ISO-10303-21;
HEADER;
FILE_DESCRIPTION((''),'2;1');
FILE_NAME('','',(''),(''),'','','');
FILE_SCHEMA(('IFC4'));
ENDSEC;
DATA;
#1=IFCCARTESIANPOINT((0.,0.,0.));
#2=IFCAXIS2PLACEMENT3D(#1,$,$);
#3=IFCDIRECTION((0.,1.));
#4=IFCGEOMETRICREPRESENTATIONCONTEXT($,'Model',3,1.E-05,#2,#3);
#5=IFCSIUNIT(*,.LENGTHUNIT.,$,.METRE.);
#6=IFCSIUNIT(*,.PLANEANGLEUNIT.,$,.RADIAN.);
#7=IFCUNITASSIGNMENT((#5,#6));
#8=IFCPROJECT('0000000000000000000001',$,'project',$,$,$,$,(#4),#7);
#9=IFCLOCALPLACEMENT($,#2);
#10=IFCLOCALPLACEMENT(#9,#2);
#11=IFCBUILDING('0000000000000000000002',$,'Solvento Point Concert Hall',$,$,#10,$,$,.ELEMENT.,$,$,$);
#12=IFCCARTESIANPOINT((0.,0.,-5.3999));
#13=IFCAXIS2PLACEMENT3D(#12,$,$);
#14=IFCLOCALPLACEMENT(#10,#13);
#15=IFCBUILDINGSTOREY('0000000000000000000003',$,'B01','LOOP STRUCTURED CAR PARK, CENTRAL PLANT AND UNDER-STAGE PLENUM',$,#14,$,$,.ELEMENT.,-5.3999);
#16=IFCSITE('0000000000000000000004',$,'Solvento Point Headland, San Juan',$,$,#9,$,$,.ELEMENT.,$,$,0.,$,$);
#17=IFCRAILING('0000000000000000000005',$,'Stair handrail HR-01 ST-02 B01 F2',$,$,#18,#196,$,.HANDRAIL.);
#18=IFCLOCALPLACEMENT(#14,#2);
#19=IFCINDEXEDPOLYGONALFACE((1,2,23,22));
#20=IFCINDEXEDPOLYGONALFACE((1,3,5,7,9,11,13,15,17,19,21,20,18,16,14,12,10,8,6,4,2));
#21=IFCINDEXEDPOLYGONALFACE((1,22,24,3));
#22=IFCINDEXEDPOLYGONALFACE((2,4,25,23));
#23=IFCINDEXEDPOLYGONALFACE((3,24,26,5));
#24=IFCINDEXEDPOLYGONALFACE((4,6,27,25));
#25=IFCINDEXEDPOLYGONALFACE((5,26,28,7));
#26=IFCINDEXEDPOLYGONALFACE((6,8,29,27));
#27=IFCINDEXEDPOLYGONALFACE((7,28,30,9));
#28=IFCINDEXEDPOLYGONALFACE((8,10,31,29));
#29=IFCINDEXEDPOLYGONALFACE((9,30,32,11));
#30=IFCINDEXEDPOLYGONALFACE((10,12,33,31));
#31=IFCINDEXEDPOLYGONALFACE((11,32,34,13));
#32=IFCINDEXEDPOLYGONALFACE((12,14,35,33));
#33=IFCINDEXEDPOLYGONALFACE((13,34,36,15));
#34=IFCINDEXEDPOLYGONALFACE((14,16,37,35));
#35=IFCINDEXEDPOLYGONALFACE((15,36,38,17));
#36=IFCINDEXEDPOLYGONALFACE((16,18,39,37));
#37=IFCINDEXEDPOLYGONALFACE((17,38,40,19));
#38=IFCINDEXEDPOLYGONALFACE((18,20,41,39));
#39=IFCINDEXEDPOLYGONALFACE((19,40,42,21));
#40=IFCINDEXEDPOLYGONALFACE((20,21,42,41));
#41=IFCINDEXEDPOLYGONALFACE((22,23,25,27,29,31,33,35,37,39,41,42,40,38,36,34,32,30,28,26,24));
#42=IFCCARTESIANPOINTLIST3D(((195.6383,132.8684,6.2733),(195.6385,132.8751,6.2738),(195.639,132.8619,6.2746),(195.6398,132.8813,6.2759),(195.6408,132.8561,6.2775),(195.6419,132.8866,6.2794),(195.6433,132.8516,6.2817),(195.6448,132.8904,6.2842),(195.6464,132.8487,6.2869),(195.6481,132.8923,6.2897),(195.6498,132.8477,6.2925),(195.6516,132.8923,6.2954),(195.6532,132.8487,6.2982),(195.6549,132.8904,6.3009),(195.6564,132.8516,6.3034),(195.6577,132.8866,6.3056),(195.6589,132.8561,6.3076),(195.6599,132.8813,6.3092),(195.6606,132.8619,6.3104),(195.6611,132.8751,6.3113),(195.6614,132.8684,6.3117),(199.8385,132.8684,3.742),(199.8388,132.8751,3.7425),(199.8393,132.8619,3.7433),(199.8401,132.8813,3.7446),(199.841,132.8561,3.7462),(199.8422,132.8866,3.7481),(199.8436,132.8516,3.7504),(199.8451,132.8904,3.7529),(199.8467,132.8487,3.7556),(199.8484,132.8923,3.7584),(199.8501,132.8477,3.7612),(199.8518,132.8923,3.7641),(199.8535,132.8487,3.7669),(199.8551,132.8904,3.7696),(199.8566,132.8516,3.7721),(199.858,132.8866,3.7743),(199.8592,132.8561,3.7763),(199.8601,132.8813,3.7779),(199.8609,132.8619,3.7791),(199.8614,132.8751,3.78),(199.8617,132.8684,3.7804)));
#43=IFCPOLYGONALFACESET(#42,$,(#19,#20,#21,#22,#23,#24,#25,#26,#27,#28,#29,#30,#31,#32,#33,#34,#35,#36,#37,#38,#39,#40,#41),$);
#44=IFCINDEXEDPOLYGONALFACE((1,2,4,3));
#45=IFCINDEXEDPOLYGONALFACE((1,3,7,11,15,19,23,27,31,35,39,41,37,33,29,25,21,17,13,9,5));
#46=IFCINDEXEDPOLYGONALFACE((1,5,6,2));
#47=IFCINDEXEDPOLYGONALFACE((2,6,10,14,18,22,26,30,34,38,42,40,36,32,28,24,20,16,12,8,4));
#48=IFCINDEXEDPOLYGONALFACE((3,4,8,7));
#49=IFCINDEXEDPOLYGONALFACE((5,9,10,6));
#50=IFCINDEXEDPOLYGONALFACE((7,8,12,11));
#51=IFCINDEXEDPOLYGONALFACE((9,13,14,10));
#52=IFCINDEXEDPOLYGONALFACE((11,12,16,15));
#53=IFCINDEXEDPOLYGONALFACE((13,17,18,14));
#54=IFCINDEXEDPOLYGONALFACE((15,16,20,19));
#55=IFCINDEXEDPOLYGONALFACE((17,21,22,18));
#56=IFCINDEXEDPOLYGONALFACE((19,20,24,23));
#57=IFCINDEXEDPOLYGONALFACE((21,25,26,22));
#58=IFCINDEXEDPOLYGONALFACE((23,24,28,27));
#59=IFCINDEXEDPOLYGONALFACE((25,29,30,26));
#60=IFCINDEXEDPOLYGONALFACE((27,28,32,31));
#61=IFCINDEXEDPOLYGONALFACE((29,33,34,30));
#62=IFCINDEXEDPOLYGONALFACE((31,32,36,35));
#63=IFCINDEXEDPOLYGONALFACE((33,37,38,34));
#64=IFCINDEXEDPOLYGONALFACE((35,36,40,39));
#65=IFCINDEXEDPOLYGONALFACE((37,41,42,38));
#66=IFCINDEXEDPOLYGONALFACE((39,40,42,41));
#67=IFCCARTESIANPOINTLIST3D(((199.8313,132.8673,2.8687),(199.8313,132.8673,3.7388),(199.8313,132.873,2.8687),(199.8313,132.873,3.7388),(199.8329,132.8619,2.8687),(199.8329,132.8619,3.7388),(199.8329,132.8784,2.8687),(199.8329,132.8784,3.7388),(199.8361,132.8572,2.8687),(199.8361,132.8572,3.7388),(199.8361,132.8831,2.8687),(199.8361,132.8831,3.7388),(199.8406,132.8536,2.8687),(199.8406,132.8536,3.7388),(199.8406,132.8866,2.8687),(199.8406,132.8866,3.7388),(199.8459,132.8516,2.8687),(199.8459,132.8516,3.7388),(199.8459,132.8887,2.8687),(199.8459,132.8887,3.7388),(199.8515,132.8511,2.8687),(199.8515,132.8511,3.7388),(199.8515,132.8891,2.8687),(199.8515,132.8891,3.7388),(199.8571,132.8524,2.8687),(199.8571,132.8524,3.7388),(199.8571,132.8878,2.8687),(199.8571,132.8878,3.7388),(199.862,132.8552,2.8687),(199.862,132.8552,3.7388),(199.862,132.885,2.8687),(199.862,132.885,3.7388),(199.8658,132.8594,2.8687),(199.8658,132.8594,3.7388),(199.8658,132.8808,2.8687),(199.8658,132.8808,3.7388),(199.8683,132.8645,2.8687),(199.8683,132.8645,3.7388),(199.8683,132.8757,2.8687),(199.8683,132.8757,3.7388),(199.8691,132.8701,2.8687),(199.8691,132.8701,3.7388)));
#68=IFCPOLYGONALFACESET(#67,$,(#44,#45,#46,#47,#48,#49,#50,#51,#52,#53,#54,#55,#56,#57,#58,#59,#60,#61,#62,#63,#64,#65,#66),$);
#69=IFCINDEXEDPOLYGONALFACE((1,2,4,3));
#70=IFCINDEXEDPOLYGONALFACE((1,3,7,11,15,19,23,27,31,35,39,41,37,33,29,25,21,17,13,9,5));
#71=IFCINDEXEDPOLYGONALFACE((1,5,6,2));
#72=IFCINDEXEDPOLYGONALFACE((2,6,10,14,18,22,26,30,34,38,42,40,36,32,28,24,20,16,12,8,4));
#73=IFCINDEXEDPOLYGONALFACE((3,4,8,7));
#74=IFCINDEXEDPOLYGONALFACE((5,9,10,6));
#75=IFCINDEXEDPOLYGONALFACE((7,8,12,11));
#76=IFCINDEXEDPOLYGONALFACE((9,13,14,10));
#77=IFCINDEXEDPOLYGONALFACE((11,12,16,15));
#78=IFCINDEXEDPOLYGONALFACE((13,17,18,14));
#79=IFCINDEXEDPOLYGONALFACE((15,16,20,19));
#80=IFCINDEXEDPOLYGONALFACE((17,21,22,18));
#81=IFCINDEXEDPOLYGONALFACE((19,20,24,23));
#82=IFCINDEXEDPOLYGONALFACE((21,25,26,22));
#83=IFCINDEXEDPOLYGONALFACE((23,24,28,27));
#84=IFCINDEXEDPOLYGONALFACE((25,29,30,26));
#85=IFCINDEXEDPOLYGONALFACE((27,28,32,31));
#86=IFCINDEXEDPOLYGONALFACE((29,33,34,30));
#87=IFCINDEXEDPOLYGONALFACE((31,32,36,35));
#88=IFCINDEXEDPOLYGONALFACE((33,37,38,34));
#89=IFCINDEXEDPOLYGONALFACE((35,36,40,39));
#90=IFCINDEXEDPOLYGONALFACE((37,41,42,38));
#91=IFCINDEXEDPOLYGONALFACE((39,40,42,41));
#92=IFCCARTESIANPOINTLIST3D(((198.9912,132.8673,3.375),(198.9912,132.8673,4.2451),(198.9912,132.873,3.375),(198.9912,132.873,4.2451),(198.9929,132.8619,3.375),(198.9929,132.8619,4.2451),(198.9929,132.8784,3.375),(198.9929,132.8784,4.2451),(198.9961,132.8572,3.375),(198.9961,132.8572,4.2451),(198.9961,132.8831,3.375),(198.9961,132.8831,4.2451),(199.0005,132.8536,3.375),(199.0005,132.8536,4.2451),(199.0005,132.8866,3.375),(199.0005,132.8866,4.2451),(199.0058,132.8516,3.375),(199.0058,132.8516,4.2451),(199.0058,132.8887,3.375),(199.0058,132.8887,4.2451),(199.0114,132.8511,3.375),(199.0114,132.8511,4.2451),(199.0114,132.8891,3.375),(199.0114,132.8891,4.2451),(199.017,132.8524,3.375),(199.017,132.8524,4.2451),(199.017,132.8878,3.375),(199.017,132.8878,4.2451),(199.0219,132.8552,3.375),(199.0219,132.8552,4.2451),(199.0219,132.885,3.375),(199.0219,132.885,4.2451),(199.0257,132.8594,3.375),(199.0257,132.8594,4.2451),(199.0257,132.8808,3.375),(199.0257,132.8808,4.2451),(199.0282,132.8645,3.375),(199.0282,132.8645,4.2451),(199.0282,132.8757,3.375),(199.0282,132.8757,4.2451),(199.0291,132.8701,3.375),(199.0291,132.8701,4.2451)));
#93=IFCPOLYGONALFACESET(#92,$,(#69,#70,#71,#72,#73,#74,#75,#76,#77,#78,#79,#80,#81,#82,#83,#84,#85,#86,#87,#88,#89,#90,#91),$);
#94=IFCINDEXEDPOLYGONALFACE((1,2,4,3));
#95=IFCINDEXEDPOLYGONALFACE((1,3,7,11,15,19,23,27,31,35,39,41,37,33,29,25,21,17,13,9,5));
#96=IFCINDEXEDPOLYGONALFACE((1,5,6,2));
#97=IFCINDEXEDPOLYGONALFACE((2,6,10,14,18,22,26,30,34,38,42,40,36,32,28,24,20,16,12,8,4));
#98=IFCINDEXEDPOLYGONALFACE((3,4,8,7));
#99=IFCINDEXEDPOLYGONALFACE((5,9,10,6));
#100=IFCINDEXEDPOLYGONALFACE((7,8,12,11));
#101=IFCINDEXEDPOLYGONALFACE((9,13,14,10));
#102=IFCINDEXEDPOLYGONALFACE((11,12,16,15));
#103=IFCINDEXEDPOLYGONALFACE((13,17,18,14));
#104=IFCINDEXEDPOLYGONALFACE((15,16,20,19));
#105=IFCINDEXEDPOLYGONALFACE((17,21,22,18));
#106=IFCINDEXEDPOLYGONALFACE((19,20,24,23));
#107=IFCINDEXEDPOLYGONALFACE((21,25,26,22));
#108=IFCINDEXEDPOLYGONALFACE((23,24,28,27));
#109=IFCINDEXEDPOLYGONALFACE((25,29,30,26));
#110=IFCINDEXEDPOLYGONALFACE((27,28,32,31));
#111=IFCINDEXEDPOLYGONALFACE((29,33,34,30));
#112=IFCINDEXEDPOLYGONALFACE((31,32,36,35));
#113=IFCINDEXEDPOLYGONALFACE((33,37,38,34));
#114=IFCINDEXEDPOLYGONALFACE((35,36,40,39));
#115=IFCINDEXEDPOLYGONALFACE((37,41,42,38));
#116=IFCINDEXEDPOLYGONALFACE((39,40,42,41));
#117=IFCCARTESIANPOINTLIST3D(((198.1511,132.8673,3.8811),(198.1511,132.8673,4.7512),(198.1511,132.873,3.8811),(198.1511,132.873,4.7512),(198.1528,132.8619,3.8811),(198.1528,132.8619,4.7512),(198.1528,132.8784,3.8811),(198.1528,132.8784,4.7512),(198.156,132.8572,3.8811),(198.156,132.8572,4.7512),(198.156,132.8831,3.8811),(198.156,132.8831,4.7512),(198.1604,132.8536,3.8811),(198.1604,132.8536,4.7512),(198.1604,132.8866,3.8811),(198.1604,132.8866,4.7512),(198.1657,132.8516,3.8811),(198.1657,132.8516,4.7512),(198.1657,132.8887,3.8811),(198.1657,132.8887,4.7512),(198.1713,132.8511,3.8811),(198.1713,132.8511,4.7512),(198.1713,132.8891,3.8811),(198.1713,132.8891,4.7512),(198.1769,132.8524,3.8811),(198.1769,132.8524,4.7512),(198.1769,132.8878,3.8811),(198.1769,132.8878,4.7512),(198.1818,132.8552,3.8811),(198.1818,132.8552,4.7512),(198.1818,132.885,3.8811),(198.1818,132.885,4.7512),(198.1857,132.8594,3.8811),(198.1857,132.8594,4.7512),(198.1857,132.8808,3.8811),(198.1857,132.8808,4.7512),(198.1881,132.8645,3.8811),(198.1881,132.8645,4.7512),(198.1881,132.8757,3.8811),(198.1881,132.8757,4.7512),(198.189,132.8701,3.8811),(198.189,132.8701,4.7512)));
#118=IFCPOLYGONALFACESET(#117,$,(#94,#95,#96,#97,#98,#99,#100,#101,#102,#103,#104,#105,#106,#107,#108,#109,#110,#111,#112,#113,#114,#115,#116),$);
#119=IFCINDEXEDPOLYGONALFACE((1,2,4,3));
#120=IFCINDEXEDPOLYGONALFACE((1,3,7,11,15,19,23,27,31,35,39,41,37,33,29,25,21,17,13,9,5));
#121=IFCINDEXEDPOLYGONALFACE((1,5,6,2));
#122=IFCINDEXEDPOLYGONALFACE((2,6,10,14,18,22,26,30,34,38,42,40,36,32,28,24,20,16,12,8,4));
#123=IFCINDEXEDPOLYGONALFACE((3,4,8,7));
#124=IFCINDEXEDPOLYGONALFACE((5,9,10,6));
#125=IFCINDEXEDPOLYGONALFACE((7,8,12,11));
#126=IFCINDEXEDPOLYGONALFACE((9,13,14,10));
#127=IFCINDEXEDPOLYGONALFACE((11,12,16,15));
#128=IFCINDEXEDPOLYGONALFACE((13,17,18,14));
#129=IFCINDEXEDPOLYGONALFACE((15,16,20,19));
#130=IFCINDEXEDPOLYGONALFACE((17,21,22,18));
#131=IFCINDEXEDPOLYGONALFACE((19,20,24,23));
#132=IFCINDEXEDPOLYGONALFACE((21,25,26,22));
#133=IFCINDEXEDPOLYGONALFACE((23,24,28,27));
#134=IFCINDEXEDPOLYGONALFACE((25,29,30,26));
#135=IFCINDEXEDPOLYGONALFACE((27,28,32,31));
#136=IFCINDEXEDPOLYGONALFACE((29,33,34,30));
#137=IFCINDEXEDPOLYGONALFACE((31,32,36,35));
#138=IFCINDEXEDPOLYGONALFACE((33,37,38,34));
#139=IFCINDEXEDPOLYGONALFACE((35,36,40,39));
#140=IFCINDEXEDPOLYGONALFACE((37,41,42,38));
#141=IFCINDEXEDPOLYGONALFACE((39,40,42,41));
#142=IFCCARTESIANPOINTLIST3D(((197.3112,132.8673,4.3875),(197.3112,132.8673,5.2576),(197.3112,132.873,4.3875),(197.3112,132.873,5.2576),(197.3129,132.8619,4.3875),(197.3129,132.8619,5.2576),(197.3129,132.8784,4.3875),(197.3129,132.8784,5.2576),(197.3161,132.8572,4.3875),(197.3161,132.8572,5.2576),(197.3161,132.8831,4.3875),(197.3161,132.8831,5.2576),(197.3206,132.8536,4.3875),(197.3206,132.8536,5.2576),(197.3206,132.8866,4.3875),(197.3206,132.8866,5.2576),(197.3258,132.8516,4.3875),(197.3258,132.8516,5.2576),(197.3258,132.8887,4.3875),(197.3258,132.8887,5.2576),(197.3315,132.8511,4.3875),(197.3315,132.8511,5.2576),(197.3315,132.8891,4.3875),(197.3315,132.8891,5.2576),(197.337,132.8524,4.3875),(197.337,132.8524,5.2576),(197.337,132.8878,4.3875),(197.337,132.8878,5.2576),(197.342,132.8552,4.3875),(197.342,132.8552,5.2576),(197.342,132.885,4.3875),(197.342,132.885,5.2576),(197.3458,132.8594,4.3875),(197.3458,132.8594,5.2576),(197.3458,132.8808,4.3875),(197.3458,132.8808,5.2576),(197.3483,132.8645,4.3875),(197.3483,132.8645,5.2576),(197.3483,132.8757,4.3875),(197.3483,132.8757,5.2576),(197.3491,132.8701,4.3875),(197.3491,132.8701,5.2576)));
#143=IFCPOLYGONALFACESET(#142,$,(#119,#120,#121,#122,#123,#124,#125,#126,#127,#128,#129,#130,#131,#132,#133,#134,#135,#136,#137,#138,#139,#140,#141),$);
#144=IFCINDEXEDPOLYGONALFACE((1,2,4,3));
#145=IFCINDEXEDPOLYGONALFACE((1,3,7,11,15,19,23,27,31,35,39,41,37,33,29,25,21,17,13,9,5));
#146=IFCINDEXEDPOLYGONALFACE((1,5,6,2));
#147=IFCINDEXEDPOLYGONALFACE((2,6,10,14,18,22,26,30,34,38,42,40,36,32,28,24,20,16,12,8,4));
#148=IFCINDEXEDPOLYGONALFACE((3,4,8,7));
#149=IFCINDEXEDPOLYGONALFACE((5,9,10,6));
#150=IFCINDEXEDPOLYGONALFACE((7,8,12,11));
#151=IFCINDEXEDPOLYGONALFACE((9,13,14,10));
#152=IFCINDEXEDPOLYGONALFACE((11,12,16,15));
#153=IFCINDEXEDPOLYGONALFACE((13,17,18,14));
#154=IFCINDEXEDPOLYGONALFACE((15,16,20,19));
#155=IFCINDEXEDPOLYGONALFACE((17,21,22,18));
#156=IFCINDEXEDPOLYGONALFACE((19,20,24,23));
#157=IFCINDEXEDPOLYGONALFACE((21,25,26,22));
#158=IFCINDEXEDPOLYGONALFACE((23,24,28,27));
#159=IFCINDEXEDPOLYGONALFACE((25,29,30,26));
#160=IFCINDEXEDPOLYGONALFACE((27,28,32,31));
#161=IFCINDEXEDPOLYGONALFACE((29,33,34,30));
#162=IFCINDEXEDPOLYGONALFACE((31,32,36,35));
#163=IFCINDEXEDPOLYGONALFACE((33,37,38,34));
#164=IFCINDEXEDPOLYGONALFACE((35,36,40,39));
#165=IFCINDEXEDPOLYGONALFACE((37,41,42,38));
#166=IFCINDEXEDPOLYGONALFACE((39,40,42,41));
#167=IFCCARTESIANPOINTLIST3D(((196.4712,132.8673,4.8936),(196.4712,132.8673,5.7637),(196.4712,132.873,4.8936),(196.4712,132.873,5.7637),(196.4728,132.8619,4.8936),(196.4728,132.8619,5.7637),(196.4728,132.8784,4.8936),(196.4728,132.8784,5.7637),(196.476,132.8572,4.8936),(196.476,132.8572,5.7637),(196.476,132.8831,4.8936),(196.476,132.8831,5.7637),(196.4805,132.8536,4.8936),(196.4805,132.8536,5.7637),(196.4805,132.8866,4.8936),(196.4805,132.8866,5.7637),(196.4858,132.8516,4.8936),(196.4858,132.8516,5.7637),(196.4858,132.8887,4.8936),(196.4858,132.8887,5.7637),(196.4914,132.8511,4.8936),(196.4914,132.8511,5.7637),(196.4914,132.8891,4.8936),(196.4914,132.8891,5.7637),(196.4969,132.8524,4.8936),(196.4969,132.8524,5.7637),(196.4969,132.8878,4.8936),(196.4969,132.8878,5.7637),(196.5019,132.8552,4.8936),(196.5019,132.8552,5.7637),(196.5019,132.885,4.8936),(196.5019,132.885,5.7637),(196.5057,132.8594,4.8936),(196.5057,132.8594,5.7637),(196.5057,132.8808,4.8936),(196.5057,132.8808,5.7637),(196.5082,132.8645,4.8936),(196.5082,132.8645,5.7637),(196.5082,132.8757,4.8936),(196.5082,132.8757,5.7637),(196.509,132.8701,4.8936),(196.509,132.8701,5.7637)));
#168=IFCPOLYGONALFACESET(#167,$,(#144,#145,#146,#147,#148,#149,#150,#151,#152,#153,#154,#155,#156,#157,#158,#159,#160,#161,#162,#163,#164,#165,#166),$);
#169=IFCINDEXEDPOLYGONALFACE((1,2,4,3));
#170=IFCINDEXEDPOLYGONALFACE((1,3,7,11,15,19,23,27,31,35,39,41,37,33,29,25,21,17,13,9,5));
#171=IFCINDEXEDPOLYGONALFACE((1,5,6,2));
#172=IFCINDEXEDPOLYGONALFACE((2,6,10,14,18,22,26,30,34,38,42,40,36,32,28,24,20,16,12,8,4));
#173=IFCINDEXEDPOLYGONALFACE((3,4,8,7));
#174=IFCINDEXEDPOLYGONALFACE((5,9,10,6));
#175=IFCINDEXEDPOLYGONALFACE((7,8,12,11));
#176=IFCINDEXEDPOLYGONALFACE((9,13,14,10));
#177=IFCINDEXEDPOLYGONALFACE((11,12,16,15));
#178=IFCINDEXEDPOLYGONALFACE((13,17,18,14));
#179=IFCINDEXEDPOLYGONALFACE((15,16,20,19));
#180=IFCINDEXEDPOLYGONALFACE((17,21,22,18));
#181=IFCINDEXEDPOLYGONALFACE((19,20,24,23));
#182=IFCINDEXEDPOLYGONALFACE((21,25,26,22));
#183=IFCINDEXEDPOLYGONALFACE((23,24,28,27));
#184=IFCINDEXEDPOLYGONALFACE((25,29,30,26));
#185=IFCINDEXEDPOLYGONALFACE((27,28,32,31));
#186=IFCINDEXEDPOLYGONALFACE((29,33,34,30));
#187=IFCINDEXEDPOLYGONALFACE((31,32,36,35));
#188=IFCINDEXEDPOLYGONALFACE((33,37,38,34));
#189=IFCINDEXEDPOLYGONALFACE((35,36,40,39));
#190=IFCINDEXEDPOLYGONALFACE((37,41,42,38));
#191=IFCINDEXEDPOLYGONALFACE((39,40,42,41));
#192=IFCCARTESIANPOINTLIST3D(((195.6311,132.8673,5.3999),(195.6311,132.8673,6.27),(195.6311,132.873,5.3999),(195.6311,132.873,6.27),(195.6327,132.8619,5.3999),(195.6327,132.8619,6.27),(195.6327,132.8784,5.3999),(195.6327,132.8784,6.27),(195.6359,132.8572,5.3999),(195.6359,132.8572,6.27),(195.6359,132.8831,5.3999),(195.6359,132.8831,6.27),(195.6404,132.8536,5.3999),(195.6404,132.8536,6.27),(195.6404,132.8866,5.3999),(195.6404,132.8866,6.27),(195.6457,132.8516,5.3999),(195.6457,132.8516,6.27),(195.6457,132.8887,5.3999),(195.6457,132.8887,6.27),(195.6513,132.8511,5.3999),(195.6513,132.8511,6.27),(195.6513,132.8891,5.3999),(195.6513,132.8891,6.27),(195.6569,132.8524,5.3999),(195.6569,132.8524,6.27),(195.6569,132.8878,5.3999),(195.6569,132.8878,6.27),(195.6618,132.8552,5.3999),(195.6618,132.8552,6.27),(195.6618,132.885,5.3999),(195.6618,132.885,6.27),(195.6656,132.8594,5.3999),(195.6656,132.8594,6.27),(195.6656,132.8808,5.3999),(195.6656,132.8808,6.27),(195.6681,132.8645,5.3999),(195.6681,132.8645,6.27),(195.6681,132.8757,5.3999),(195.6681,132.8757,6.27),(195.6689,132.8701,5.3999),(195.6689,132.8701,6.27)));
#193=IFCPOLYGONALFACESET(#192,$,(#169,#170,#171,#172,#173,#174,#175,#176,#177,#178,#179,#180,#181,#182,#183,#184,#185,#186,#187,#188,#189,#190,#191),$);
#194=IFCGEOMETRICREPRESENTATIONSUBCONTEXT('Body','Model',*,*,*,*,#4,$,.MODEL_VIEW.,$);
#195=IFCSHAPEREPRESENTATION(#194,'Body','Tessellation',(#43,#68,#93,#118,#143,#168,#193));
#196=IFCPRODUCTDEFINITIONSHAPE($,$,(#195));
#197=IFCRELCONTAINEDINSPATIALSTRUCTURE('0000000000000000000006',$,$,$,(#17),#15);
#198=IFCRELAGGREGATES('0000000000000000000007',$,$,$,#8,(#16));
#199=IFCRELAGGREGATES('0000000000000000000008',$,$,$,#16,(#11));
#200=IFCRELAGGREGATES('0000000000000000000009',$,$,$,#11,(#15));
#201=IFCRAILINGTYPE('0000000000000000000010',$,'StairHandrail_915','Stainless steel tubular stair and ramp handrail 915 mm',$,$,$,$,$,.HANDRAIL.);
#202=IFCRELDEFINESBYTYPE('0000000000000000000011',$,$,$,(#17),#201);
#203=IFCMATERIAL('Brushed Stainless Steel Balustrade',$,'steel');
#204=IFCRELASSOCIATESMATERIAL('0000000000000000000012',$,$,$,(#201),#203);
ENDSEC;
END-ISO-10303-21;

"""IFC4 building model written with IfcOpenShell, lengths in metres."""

from ifc_helpers import new_model, si_unit, direction, frame, origin, origin_2d, place, context, subcontext, project, spatial, circle, extrude, material, type_object, element, save


model = new_model("IFC4")

# Units and contexts
model_context = context("Model", 3, precision=1e-05, world=origin(), true_north=direction((0.0, 1.0)))
body_context = subcontext(model_context, "Body", "Model", "MODEL_VIEW")
ifc_project = project(units=[si_unit("LENGTHUNIT", "METRE"), si_unit("PLANEANGLEUNIT", "RADIAN")], contexts=[model_context])

# Site, building, storey
site_placement = place(None, origin())
site = spatial("IfcSite", under=ifc_project, at=site_placement, Name="Solvento Point Headland, San Juan", CompositionType="ELEMENT", RefElevation=0.0)
building_placement = place(site_placement, origin())
building = spatial("IfcBuilding", under=site, at=building_placement, Name="Solvento Point Concert Hall", CompositionType="ELEMENT")
storey_placement = place(building_placement, frame((0.0, 0.0, -5.3999)))
storey = spatial("IfcBuildingStorey", under=building, at=storey_placement, Name="B01", Description="LOOP STRUCTURED CAR PARK, CENTRAL PLANT AND UNDER-STAGE PLENUM", CompositionType="ELEMENT", Elevation=-5.3999)

# Railing
ifc_material_1 = material(Name="Brushed Stainless Steel Balustrade", Category="steel")
railing_type_1 = type_object("IfcRailingType", Name="StairHandrail_915", Description="Stainless steel tubular stair and ramp handrail 915 mm", PredefinedType="HANDRAIL", material=ifc_material_1)
railing_1_placement = place(storey_placement, frame((199.8501, 132.8701, 2.8687)))
element("IfcRailing", 1, at=railing_1_placement, inside=storey, type_object=railing_type_1, Name="Stair handrail HR-01 ST-02 B01 F2", PredefinedType="HANDRAIL", context=body_context, shape_type="SweptSolid", body=[
    extrude(circle(Radius=0.0225, at=origin_2d()), frame((0.0, 0.0, 0.8926), z_axis=(-0.85649, 0.0, 0.516164), x_axis=(0.0, -1.0, 0.0)), (0.0, 0.0, 1.0), 4.9041),
    extrude(circle(Radius=0.019, at=origin_2d()), origin(), (0.0, 0.0, 1.0), 0.8701),
    extrude(circle(Radius=0.019, at=origin_2d()), frame((-0.8401, 0.0, 0.5063)), (0.0, 0.0, 1.0), 0.8701),
    extrude(circle(Radius=0.019, at=origin_2d()), frame((-1.6802, 0.0, 1.0125)), (0.0, 0.0, 1.0), 0.8701),
    extrude(circle(Radius=0.019, at=origin_2d()), frame((-2.52, 0.0, 1.5188)), (0.0, 0.0, 1.0), 0.8701),
    extrude(circle(Radius=0.019, at=origin_2d()), frame((-3.3601, 0.0, 2.0249)), (0.0, 0.0, 1.0), 0.8701),
    extrude(circle(Radius=0.019, at=origin_2d()), frame((-4.2002, 0.0, 2.5312)), (0.0, 0.0, 1.0), 0.8701),
])

save(model, "model.ifc")
